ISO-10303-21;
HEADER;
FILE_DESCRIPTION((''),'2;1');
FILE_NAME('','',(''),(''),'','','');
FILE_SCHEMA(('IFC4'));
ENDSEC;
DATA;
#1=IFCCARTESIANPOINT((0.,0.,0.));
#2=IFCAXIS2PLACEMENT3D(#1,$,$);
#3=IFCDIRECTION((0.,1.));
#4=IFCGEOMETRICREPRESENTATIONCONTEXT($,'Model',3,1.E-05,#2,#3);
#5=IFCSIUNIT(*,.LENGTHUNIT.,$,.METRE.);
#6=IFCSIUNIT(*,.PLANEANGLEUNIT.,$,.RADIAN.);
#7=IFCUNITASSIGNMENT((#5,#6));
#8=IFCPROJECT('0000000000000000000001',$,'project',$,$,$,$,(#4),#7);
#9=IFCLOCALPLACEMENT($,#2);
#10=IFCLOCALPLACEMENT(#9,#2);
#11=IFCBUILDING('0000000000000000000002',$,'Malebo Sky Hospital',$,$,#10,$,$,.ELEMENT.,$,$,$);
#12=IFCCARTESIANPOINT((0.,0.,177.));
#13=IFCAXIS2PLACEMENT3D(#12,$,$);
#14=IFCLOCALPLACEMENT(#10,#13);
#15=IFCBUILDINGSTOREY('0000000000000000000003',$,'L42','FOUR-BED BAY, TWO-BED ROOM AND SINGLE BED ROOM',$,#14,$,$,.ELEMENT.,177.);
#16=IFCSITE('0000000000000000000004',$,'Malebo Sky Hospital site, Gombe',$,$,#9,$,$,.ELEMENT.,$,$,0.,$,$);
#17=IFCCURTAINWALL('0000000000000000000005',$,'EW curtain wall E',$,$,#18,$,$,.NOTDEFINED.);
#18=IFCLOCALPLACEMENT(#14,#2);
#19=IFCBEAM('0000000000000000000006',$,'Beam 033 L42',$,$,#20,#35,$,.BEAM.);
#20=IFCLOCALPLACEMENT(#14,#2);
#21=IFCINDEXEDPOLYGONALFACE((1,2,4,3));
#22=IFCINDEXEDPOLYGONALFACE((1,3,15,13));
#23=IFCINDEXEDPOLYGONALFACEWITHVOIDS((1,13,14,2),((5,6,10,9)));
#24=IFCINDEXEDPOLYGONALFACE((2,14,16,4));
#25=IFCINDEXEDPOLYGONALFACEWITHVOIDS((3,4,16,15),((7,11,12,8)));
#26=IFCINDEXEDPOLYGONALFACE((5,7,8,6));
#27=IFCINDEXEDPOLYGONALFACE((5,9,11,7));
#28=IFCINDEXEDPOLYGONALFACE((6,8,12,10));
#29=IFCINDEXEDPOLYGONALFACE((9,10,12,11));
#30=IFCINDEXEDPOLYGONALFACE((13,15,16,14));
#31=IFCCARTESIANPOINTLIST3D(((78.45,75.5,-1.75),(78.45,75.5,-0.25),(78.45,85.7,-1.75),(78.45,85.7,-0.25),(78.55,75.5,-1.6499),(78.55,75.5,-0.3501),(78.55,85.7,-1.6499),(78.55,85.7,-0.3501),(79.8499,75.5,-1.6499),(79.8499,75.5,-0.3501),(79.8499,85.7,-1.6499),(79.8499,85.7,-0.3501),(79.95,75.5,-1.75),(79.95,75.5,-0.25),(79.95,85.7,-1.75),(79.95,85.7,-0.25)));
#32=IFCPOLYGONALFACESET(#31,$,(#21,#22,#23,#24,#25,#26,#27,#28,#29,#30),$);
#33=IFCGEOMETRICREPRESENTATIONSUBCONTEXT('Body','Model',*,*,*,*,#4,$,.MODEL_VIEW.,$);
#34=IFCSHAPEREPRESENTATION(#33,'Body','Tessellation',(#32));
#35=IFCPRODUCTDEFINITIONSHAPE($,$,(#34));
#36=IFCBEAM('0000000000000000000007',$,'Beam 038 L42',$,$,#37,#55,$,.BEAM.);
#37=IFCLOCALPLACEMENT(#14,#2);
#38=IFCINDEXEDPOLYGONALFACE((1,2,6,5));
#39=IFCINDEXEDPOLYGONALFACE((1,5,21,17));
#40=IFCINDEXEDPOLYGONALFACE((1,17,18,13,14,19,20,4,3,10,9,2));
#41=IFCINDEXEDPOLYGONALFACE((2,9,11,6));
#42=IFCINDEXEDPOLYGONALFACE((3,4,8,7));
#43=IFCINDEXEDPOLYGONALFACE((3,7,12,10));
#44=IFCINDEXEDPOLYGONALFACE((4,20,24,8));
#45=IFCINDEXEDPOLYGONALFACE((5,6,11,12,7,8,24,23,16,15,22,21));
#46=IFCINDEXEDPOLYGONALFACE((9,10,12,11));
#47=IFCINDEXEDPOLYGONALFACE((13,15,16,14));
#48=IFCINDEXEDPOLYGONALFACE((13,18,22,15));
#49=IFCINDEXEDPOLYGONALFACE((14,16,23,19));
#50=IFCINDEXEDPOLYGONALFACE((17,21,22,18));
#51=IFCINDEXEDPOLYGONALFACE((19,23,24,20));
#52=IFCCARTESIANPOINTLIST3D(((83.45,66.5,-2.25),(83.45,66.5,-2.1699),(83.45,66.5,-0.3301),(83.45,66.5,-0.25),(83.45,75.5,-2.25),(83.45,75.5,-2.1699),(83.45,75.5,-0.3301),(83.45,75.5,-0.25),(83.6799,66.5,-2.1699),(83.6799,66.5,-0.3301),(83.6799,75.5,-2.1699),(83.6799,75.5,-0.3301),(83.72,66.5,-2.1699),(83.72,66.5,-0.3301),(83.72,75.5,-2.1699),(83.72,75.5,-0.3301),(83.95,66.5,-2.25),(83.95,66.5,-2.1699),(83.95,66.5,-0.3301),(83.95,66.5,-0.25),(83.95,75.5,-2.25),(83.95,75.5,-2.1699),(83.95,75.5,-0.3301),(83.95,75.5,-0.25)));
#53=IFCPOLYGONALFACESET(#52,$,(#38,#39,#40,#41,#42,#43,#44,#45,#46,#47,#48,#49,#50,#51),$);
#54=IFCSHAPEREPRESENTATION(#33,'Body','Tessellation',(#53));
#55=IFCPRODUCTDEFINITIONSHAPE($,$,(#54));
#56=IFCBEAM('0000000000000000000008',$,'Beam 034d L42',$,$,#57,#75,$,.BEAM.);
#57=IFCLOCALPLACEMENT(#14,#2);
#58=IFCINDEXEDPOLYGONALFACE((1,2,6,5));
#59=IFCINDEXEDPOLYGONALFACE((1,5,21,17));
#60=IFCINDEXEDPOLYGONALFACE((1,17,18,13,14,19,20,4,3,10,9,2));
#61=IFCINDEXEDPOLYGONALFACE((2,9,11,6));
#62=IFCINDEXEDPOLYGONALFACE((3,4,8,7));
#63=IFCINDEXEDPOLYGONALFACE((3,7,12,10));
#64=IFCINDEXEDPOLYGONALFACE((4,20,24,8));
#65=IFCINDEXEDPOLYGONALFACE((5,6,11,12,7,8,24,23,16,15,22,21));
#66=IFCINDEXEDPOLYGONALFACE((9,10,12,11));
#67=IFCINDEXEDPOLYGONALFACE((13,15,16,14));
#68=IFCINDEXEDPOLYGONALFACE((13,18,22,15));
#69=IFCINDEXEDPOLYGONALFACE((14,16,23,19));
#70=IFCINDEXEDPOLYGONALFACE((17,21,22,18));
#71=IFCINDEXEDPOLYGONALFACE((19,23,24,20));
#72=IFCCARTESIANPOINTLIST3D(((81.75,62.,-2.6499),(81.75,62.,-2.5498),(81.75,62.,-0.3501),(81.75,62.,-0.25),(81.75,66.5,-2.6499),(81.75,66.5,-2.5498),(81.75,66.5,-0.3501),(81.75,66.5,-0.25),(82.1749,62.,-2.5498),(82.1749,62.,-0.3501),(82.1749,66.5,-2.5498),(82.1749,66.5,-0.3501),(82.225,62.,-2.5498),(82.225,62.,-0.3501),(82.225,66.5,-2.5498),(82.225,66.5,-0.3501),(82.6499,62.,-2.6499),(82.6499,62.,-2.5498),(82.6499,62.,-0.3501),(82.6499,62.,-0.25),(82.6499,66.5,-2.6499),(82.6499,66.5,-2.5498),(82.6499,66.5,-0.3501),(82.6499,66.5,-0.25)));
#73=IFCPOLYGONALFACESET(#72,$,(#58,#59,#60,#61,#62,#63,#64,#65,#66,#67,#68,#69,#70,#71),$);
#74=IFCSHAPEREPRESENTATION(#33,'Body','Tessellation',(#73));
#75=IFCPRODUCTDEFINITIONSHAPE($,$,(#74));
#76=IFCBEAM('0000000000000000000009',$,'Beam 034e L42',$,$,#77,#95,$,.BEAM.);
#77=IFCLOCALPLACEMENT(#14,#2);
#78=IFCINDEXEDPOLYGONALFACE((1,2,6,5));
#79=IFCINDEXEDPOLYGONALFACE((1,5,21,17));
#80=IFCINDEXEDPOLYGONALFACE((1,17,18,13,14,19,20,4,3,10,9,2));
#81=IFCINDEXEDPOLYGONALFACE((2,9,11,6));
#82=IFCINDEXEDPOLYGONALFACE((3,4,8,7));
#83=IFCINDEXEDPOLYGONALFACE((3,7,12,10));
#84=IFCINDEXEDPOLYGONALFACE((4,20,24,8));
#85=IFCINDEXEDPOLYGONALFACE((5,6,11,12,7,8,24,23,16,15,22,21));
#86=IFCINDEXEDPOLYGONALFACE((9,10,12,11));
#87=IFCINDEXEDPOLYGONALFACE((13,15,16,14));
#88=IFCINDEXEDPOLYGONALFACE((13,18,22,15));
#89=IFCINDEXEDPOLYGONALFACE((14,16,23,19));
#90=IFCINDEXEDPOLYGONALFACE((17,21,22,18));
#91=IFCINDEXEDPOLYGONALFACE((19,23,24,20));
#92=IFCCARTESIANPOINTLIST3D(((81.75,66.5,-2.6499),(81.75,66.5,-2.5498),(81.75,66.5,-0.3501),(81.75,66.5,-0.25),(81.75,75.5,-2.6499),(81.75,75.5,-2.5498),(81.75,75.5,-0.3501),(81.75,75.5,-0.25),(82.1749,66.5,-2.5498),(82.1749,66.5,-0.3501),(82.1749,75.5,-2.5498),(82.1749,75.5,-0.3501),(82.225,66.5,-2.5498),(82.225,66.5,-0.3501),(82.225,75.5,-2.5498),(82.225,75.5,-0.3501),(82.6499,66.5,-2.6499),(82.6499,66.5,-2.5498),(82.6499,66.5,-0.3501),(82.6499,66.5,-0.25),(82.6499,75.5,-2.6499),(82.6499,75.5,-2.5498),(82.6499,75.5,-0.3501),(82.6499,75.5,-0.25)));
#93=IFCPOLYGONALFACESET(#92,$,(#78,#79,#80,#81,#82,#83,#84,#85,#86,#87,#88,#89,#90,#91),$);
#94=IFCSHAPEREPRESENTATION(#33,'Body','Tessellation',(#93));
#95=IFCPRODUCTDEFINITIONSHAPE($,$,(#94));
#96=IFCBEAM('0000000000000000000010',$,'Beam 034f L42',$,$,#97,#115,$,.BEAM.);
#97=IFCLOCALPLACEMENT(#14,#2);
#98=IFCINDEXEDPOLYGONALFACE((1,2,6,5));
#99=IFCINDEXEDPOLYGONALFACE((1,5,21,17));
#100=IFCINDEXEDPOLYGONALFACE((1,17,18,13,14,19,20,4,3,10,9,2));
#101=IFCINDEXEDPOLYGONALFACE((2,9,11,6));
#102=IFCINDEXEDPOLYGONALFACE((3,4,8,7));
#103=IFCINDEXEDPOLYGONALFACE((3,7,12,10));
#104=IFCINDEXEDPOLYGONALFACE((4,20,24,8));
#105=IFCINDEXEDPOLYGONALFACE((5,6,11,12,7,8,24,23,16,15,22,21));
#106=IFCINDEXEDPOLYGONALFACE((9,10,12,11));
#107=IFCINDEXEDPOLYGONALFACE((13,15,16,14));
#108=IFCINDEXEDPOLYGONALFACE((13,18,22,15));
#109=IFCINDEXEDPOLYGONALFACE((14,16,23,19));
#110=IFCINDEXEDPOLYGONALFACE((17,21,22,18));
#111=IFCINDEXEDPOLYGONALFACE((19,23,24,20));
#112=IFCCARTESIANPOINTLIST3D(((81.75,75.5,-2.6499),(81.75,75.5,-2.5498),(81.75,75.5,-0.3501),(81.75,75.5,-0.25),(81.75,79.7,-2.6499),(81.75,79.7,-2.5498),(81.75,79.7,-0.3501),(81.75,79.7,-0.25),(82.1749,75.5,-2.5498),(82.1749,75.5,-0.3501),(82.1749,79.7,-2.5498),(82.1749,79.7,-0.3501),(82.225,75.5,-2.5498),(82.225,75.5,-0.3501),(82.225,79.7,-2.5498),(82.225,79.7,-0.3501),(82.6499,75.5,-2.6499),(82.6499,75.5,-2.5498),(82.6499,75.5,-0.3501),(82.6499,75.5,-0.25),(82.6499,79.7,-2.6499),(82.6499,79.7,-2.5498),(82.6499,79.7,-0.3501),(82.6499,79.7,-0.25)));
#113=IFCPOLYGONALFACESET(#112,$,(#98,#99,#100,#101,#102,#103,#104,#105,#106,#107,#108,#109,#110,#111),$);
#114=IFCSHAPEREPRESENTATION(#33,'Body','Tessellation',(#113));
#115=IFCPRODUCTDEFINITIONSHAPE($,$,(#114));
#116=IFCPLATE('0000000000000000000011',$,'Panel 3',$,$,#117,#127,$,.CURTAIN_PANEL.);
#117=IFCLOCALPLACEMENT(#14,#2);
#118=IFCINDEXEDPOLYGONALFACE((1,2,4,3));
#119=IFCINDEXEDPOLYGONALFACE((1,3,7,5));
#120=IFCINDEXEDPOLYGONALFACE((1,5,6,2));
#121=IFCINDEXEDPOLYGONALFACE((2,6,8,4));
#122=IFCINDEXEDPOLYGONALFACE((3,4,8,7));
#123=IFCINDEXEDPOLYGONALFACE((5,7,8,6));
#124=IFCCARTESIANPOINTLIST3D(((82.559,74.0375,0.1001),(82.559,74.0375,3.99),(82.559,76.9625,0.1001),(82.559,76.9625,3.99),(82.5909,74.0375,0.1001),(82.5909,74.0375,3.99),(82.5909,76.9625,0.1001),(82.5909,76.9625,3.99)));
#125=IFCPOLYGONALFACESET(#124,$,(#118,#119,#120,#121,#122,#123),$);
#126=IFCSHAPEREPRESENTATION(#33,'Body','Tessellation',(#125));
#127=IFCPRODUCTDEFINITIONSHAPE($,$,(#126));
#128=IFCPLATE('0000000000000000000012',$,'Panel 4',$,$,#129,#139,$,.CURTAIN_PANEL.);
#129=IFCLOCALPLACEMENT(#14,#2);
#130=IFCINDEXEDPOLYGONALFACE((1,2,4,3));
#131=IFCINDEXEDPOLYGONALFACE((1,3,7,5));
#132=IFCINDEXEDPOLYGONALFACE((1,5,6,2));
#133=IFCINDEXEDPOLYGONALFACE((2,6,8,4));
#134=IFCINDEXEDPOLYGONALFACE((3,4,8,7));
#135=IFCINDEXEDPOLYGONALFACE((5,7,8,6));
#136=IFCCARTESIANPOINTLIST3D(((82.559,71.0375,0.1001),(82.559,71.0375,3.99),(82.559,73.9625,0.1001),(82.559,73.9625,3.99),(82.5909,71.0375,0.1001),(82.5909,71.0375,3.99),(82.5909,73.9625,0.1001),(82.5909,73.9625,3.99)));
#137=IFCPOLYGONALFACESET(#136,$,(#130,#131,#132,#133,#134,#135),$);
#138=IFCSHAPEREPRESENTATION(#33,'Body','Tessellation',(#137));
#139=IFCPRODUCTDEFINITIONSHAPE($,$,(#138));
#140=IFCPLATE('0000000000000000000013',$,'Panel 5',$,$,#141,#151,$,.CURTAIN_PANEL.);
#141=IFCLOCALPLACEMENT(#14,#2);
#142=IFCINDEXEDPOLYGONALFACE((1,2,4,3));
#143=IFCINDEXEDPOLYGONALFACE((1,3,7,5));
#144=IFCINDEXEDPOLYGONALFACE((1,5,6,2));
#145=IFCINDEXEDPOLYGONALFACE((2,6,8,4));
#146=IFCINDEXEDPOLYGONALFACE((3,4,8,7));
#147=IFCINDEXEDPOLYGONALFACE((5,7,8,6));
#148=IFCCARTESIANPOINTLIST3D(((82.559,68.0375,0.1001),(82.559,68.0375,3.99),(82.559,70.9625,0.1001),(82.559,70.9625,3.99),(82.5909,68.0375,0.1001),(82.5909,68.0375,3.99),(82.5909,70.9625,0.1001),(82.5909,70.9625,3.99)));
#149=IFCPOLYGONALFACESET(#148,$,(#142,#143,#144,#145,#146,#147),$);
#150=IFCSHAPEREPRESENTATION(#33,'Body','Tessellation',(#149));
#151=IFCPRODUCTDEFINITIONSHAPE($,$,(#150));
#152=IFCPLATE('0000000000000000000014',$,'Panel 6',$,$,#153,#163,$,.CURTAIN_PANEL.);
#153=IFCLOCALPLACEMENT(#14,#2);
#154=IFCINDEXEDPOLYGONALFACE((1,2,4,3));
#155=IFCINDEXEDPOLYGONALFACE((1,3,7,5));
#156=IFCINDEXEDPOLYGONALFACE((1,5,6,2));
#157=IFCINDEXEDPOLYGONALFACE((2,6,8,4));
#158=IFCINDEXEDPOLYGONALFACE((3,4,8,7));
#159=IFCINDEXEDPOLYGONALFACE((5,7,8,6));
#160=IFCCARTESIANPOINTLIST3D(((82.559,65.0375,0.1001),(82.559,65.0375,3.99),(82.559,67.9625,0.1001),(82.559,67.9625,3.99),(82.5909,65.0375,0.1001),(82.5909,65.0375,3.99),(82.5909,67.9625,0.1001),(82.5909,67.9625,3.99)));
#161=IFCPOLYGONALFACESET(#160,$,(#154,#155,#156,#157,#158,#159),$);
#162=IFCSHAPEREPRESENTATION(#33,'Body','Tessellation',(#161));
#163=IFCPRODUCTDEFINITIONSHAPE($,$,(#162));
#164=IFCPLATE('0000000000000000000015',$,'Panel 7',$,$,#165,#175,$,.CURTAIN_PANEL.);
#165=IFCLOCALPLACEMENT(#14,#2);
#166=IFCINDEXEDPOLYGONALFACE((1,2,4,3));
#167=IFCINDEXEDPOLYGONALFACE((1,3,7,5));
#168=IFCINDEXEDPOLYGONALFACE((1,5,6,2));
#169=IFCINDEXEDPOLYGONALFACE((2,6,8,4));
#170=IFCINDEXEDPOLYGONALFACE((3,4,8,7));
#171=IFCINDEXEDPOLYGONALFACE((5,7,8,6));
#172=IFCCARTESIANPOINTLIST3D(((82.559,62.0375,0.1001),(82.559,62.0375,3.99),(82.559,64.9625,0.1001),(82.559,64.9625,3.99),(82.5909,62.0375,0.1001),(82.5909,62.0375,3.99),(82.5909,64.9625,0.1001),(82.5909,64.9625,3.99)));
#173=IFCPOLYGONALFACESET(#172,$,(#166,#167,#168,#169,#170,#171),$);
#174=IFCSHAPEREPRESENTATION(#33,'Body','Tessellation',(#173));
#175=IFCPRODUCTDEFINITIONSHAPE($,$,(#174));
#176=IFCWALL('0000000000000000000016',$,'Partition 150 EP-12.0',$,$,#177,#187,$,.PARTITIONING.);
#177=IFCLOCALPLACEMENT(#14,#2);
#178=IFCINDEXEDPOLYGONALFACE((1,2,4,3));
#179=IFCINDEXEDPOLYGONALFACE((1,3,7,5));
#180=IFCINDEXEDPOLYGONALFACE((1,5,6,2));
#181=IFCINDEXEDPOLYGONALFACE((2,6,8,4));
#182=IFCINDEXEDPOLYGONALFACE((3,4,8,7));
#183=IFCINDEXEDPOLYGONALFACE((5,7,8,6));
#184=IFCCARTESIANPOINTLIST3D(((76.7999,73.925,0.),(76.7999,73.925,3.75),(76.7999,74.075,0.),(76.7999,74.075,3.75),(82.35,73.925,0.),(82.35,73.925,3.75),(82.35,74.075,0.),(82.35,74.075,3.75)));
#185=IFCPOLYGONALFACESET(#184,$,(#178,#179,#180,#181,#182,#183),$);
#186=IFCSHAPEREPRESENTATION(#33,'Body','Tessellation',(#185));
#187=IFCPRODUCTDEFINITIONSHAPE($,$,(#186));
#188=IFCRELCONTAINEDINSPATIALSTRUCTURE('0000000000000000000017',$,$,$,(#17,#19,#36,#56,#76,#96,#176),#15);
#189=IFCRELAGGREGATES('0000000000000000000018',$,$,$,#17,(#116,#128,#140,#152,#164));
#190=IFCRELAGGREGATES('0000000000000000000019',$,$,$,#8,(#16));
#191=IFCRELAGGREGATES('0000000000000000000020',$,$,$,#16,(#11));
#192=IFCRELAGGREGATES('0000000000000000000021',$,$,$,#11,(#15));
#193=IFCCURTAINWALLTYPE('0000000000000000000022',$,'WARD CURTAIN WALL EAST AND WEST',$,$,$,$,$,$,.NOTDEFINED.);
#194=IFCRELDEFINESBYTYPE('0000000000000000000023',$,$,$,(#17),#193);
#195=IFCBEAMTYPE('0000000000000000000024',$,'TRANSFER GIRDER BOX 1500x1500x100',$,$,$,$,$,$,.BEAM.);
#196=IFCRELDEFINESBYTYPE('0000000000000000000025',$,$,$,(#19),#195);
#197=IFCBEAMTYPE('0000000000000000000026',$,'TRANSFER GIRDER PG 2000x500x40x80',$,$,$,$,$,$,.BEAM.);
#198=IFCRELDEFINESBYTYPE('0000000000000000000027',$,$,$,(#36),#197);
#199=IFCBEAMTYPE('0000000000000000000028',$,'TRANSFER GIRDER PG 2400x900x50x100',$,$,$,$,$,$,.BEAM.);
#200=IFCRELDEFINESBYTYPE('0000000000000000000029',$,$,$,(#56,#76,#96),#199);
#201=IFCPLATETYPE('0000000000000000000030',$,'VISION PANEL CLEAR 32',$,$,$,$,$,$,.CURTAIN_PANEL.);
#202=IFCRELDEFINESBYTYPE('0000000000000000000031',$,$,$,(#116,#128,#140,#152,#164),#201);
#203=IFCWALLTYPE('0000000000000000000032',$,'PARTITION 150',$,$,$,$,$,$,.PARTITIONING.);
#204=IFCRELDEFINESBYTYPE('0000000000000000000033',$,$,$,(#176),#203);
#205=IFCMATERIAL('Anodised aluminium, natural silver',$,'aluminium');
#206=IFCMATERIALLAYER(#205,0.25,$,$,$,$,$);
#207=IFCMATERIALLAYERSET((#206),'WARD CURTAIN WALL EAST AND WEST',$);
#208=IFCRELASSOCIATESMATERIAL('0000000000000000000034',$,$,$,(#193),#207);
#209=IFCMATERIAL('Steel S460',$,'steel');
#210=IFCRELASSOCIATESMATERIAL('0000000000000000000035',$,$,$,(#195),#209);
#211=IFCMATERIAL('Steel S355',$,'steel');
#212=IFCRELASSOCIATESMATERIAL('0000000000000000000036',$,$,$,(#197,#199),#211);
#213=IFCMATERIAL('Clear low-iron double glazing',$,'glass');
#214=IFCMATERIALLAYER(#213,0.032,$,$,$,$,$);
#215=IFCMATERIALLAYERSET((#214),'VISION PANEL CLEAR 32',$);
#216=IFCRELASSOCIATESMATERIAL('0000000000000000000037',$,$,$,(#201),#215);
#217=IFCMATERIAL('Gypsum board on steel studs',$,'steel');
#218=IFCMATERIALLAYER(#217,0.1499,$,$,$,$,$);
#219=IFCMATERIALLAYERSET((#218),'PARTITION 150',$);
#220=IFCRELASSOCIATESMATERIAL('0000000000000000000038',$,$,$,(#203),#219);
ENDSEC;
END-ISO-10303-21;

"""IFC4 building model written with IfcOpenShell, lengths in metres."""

from ifc_helpers import new_model, si_unit, direction, frame, frame_2d, origin, origin_2d, place, context, subcontext, project, spatial, rectangle, hollow_rectangle, i_section, extrude, material, layer, layer_set, material_profile, profile_set, type_object, element, aggregate, save


model = new_model("IFC4")

# Units and contexts
model_context = context("Model", 3, precision=1e-05, world=origin(), true_north=direction((0.0, 1.0)))
body_context = subcontext(model_context, "Body", "Model", "MODEL_VIEW")
ifc_project = project(units=[si_unit("LENGTHUNIT", "METRE"), si_unit("PLANEANGLEUNIT", "RADIAN")], contexts=[model_context])

# Site, building, storey
site_placement = place(None, origin())
site = spatial("IfcSite", under=ifc_project, at=site_placement, Name="Malebo Sky Hospital site, Gombe", CompositionType="ELEMENT", RefElevation=0.0)
building_placement = place(site_placement, origin())
building = spatial("IfcBuilding", under=site, at=building_placement, Name="Malebo Sky Hospital", CompositionType="ELEMENT")
storey_placement = place(building_placement, frame((0.0, 0.0, 177.0)))
storey = spatial("IfcBuildingStorey", under=building, at=storey_placement, Name="L42", Description="FOUR-BED BAY, TWO-BED ROOM AND SINGLE BED ROOM", CompositionType="ELEMENT", Elevation=177.0)

# Shared definitions
ifc_material_1 = material(Name="Steel S460", Category="steel")

# Curtain wall
ifc_material_2 = material(Name="Anodised aluminium, natural silver", Category="aluminium")
ifc_layer_1 = layer(ifc_material_2, 0.25)
ifc_layer_set_1 = layer_set([ifc_layer_1], Name="WARD CURTAIN WALL EAST AND WEST")
curtain_wall_type = type_object("IfcCurtainWallType", Name="WARD CURTAIN WALL EAST AND WEST", PredefinedType="NOTDEFINED", material=ifc_layer_set_1)
curtain_wall_placement = place(storey_placement, origin())
curtain_wall = element("IfcCurtainWall", 1, at=curtain_wall_placement, inside=storey, type_object=curtain_wall_type, Name="EW curtain wall E", PredefinedType="NOTDEFINED")

# Beams
ifc_material_profile_1 = material_profile(ifc_material_1, hollow_rectangle(XDim=1.5, YDim=1.5, WallThickness=0.1001, at=origin_2d()), Name="BOX 1500x1500x100")
ifc_profile_set_1 = profile_set([ifc_material_profile_1], Name="Steel S460")
beam_type_1 = type_object("IfcBeamType", Name="TRANSFER GIRDER BOX 1500x1500x100", PredefinedType="BEAM", material=ifc_profile_set_1)
for number, where, z_axis, x_axis, name in (
    (2, (79.2, 75.5, -1.0), (0.0, 1.0, 0.0), (-1.0, 0.0, 0.0), "Beam 033 L42"),
):
    element("IfcBeam", number, at=place(storey_placement, frame(where, z_axis=z_axis, x_axis=x_axis)), inside=storey, type_object=beam_type_1, Name=name, PredefinedType="BEAM", context=body_context, shape_type="SweptSolid", body=[
        extrude(hollow_rectangle(XDim=1.5, YDim=1.5, WallThickness=0.1001, at=origin_2d()), origin(), (0.0, 0.0, 1.0), 10.2),
    ])
ifc_material_3 = material(Name="Steel S355", Category="steel")
ifc_material_profile_2 = material_profile(ifc_material_3, i_section(OverallWidth=0.5, OverallDepth=2.0, WebThickness=0.04, FlangeThickness=0.0801, at=origin_2d()), Name="PG 2000x500x40x80")
ifc_profile_set_2 = profile_set([ifc_material_profile_2], Name="Steel S355")
beam_type_2 = type_object("IfcBeamType", Name="TRANSFER GIRDER PG 2000x500x40x80", PredefinedType="BEAM", material=ifc_profile_set_2)
beam_1_placement = place(storey_placement, frame((83.7, 66.5, -1.25), z_axis=(0.0, 1.0, 0.0), x_axis=(-1.0, 0.0, 0.0)))
element("IfcBeam", 3, at=beam_1_placement, inside=storey, type_object=beam_type_2, Name="Beam 038 L42", PredefinedType="BEAM", context=body_context, shape_type="SweptSolid", body=[
    extrude(i_section(OverallWidth=0.5, OverallDepth=2.0, WebThickness=0.04, FlangeThickness=0.0801, at=origin_2d()), origin(), (0.0, 0.0, 1.0), 9.0),
])
ifc_material_profile_3 = material_profile(ifc_material_3, i_section(OverallWidth=0.8999, OverallDepth=2.3999, WebThickness=0.05, FlangeThickness=0.1001, at=origin_2d()), Name="PG 2400x900x50x100")
ifc_profile_set_3 = profile_set([ifc_material_profile_3], Name="Steel S355")
beam_type_3 = type_object("IfcBeamType", Name="TRANSFER GIRDER PG 2400x900x50x100", PredefinedType="BEAM", material=ifc_profile_set_3)
beam_2_placement = place(storey_placement, frame((82.2, 62.0, -1.45), z_axis=(0.0, 1.0, 0.0), x_axis=(-1.0, 0.0, 0.0)))
element("IfcBeam", 4, at=beam_2_placement, inside=storey, type_object=beam_type_3, Name="Beam 034d L42", PredefinedType="BEAM", context=body_context, shape_type="SweptSolid", body=[
    extrude(i_section(OverallWidth=0.8999, OverallDepth=2.3999, WebThickness=0.05, FlangeThickness=0.1001, at=origin_2d()), origin(), (0.0, 0.0, 1.0), 4.5),
])
beam_3_placement = place(storey_placement, frame((82.2, 66.5, -1.45), z_axis=(0.0, 1.0, 0.0), x_axis=(-1.0, 0.0, 0.0)))
element("IfcBeam", 5, at=beam_3_placement, inside=storey, type_object=beam_type_3, Name="Beam 034e L42", PredefinedType="BEAM", context=body_context, shape_type="SweptSolid", body=[
    extrude(i_section(OverallWidth=0.8999, OverallDepth=2.3999, WebThickness=0.05, FlangeThickness=0.1001, at=origin_2d()), origin(), (0.0, 0.0, 1.0), 9.0),
])
beam_4_placement = place(storey_placement, frame((82.2, 75.5, -1.45), z_axis=(0.0, 1.0, 0.0), x_axis=(-1.0, 0.0, 0.0)))
element("IfcBeam", 6, at=beam_4_placement, inside=storey, type_object=beam_type_3, Name="Beam 034f L42", PredefinedType="BEAM", context=body_context, shape_type="SweptSolid", body=[
    extrude(i_section(OverallWidth=0.8999, OverallDepth=2.3999, WebThickness=0.05, FlangeThickness=0.1001, at=origin_2d()), origin(), (0.0, 0.0, 1.0), 4.2),
])

# Plates
ifc_material_4 = material(Name="Clear low-iron double glazing", Category="glass")
ifc_layer_2 = layer(ifc_material_4, 0.032)
ifc_layer_set_2 = layer_set([ifc_layer_2], Name="VISION PANEL CLEAR 32")
plate_type = type_object("IfcPlateType", Name="VISION PANEL CLEAR 32", PredefinedType="CURTAIN_PANEL", material=ifc_layer_set_2)
plate_1_placement = place(storey_placement, frame((82.575, 75.5, 0.1001), z_axis=(0.0, 0.0, 1.0), x_axis=(0.0, -1.0, 0.0)))
plate_1 = element("IfcPlate", 7, at=plate_1_placement, type_object=plate_type, Name="Panel 3", PredefinedType="CURTAIN_PANEL", context=body_context, shape_type="SweptSolid", body=[
    extrude(rectangle(XDim=2.925, YDim=0.032, at=origin_2d()), origin(), (0.0, 0.0, 1.0), 3.8899),
])
plate_2_placement = place(storey_placement, frame((82.575, 72.5, 0.1001), z_axis=(0.0, 0.0, 1.0), x_axis=(0.0, -1.0, 0.0)))
plate_2 = element("IfcPlate", 8, at=plate_2_placement, type_object=plate_type, Name="Panel 4", PredefinedType="CURTAIN_PANEL", context=body_context, shape_type="SweptSolid", body=[
    extrude(rectangle(XDim=2.925, YDim=0.032, at=origin_2d()), origin(), (0.0, 0.0, 1.0), 3.8899),
])
plate_3_placement = place(storey_placement, frame((82.575, 69.5, 0.1001), z_axis=(0.0, 0.0, 1.0), x_axis=(0.0, -1.0, 0.0)))
plate_3 = element("IfcPlate", 9, at=plate_3_placement, type_object=plate_type, Name="Panel 5", PredefinedType="CURTAIN_PANEL", context=body_context, shape_type="SweptSolid", body=[
    extrude(rectangle(XDim=2.925, YDim=0.032, at=origin_2d()), origin(), (0.0, 0.0, 1.0), 3.8899),
])
plate_4_placement = place(storey_placement, frame((82.575, 66.5, 0.1001), z_axis=(0.0, 0.0, 1.0), x_axis=(0.0, -1.0, 0.0)))
plate_4 = element("IfcPlate", 10, at=plate_4_placement, type_object=plate_type, Name="Panel 6", PredefinedType="CURTAIN_PANEL", context=body_context, shape_type="SweptSolid", body=[
    extrude(rectangle(XDim=2.925, YDim=0.032, at=origin_2d()), origin(), (0.0, 0.0, 1.0), 3.8899),
])
plate_5_placement = place(storey_placement, frame((82.575, 63.5, 0.1001), z_axis=(0.0, 0.0, 1.0), x_axis=(0.0, -1.0, 0.0)))
plate_5 = element("IfcPlate", 11, at=plate_5_placement, type_object=plate_type, Name="Panel 7", PredefinedType="CURTAIN_PANEL", context=body_context, shape_type="SweptSolid", body=[
    extrude(rectangle(XDim=2.925, YDim=0.032, at=origin_2d()), origin(), (0.0, 0.0, 1.0), 3.8899),
])
aggregate(curtain_wall, [plate_1, plate_2, plate_3, plate_4, plate_5])

# Wall
ifc_material_5 = material(Name="Gypsum board on steel studs", Category="steel")
ifc_layer_3 = layer(ifc_material_5, 0.1499)
ifc_layer_set_3 = layer_set([ifc_layer_3], Name="PARTITION 150")
wall_type_1 = type_object("IfcWallType", Name="PARTITION 150", PredefinedType="PARTITIONING", material=ifc_layer_set_3)
for number, where, z_axis, x_axis, name in (
    (12, (76.8, 74.0, 0.0), (0.0, 0.0, 1.0), (1.0, 0.0, 0.0), "Partition 150 EP-12.0"),
):
    element("IfcWall", number, at=place(storey_placement, frame(where, z_axis=z_axis, x_axis=x_axis)), inside=storey, type_object=wall_type_1, Name=name, PredefinedType="PARTITIONING", context=body_context, shape_type="SweptSolid", body=[
        extrude(rectangle(XDim=5.55, YDim=0.1499, at=frame_2d((2.7749, 0.0))), origin(), (0.0, 0.0, 1.0), 3.75),
    ])

save(model, "model.ifc")
